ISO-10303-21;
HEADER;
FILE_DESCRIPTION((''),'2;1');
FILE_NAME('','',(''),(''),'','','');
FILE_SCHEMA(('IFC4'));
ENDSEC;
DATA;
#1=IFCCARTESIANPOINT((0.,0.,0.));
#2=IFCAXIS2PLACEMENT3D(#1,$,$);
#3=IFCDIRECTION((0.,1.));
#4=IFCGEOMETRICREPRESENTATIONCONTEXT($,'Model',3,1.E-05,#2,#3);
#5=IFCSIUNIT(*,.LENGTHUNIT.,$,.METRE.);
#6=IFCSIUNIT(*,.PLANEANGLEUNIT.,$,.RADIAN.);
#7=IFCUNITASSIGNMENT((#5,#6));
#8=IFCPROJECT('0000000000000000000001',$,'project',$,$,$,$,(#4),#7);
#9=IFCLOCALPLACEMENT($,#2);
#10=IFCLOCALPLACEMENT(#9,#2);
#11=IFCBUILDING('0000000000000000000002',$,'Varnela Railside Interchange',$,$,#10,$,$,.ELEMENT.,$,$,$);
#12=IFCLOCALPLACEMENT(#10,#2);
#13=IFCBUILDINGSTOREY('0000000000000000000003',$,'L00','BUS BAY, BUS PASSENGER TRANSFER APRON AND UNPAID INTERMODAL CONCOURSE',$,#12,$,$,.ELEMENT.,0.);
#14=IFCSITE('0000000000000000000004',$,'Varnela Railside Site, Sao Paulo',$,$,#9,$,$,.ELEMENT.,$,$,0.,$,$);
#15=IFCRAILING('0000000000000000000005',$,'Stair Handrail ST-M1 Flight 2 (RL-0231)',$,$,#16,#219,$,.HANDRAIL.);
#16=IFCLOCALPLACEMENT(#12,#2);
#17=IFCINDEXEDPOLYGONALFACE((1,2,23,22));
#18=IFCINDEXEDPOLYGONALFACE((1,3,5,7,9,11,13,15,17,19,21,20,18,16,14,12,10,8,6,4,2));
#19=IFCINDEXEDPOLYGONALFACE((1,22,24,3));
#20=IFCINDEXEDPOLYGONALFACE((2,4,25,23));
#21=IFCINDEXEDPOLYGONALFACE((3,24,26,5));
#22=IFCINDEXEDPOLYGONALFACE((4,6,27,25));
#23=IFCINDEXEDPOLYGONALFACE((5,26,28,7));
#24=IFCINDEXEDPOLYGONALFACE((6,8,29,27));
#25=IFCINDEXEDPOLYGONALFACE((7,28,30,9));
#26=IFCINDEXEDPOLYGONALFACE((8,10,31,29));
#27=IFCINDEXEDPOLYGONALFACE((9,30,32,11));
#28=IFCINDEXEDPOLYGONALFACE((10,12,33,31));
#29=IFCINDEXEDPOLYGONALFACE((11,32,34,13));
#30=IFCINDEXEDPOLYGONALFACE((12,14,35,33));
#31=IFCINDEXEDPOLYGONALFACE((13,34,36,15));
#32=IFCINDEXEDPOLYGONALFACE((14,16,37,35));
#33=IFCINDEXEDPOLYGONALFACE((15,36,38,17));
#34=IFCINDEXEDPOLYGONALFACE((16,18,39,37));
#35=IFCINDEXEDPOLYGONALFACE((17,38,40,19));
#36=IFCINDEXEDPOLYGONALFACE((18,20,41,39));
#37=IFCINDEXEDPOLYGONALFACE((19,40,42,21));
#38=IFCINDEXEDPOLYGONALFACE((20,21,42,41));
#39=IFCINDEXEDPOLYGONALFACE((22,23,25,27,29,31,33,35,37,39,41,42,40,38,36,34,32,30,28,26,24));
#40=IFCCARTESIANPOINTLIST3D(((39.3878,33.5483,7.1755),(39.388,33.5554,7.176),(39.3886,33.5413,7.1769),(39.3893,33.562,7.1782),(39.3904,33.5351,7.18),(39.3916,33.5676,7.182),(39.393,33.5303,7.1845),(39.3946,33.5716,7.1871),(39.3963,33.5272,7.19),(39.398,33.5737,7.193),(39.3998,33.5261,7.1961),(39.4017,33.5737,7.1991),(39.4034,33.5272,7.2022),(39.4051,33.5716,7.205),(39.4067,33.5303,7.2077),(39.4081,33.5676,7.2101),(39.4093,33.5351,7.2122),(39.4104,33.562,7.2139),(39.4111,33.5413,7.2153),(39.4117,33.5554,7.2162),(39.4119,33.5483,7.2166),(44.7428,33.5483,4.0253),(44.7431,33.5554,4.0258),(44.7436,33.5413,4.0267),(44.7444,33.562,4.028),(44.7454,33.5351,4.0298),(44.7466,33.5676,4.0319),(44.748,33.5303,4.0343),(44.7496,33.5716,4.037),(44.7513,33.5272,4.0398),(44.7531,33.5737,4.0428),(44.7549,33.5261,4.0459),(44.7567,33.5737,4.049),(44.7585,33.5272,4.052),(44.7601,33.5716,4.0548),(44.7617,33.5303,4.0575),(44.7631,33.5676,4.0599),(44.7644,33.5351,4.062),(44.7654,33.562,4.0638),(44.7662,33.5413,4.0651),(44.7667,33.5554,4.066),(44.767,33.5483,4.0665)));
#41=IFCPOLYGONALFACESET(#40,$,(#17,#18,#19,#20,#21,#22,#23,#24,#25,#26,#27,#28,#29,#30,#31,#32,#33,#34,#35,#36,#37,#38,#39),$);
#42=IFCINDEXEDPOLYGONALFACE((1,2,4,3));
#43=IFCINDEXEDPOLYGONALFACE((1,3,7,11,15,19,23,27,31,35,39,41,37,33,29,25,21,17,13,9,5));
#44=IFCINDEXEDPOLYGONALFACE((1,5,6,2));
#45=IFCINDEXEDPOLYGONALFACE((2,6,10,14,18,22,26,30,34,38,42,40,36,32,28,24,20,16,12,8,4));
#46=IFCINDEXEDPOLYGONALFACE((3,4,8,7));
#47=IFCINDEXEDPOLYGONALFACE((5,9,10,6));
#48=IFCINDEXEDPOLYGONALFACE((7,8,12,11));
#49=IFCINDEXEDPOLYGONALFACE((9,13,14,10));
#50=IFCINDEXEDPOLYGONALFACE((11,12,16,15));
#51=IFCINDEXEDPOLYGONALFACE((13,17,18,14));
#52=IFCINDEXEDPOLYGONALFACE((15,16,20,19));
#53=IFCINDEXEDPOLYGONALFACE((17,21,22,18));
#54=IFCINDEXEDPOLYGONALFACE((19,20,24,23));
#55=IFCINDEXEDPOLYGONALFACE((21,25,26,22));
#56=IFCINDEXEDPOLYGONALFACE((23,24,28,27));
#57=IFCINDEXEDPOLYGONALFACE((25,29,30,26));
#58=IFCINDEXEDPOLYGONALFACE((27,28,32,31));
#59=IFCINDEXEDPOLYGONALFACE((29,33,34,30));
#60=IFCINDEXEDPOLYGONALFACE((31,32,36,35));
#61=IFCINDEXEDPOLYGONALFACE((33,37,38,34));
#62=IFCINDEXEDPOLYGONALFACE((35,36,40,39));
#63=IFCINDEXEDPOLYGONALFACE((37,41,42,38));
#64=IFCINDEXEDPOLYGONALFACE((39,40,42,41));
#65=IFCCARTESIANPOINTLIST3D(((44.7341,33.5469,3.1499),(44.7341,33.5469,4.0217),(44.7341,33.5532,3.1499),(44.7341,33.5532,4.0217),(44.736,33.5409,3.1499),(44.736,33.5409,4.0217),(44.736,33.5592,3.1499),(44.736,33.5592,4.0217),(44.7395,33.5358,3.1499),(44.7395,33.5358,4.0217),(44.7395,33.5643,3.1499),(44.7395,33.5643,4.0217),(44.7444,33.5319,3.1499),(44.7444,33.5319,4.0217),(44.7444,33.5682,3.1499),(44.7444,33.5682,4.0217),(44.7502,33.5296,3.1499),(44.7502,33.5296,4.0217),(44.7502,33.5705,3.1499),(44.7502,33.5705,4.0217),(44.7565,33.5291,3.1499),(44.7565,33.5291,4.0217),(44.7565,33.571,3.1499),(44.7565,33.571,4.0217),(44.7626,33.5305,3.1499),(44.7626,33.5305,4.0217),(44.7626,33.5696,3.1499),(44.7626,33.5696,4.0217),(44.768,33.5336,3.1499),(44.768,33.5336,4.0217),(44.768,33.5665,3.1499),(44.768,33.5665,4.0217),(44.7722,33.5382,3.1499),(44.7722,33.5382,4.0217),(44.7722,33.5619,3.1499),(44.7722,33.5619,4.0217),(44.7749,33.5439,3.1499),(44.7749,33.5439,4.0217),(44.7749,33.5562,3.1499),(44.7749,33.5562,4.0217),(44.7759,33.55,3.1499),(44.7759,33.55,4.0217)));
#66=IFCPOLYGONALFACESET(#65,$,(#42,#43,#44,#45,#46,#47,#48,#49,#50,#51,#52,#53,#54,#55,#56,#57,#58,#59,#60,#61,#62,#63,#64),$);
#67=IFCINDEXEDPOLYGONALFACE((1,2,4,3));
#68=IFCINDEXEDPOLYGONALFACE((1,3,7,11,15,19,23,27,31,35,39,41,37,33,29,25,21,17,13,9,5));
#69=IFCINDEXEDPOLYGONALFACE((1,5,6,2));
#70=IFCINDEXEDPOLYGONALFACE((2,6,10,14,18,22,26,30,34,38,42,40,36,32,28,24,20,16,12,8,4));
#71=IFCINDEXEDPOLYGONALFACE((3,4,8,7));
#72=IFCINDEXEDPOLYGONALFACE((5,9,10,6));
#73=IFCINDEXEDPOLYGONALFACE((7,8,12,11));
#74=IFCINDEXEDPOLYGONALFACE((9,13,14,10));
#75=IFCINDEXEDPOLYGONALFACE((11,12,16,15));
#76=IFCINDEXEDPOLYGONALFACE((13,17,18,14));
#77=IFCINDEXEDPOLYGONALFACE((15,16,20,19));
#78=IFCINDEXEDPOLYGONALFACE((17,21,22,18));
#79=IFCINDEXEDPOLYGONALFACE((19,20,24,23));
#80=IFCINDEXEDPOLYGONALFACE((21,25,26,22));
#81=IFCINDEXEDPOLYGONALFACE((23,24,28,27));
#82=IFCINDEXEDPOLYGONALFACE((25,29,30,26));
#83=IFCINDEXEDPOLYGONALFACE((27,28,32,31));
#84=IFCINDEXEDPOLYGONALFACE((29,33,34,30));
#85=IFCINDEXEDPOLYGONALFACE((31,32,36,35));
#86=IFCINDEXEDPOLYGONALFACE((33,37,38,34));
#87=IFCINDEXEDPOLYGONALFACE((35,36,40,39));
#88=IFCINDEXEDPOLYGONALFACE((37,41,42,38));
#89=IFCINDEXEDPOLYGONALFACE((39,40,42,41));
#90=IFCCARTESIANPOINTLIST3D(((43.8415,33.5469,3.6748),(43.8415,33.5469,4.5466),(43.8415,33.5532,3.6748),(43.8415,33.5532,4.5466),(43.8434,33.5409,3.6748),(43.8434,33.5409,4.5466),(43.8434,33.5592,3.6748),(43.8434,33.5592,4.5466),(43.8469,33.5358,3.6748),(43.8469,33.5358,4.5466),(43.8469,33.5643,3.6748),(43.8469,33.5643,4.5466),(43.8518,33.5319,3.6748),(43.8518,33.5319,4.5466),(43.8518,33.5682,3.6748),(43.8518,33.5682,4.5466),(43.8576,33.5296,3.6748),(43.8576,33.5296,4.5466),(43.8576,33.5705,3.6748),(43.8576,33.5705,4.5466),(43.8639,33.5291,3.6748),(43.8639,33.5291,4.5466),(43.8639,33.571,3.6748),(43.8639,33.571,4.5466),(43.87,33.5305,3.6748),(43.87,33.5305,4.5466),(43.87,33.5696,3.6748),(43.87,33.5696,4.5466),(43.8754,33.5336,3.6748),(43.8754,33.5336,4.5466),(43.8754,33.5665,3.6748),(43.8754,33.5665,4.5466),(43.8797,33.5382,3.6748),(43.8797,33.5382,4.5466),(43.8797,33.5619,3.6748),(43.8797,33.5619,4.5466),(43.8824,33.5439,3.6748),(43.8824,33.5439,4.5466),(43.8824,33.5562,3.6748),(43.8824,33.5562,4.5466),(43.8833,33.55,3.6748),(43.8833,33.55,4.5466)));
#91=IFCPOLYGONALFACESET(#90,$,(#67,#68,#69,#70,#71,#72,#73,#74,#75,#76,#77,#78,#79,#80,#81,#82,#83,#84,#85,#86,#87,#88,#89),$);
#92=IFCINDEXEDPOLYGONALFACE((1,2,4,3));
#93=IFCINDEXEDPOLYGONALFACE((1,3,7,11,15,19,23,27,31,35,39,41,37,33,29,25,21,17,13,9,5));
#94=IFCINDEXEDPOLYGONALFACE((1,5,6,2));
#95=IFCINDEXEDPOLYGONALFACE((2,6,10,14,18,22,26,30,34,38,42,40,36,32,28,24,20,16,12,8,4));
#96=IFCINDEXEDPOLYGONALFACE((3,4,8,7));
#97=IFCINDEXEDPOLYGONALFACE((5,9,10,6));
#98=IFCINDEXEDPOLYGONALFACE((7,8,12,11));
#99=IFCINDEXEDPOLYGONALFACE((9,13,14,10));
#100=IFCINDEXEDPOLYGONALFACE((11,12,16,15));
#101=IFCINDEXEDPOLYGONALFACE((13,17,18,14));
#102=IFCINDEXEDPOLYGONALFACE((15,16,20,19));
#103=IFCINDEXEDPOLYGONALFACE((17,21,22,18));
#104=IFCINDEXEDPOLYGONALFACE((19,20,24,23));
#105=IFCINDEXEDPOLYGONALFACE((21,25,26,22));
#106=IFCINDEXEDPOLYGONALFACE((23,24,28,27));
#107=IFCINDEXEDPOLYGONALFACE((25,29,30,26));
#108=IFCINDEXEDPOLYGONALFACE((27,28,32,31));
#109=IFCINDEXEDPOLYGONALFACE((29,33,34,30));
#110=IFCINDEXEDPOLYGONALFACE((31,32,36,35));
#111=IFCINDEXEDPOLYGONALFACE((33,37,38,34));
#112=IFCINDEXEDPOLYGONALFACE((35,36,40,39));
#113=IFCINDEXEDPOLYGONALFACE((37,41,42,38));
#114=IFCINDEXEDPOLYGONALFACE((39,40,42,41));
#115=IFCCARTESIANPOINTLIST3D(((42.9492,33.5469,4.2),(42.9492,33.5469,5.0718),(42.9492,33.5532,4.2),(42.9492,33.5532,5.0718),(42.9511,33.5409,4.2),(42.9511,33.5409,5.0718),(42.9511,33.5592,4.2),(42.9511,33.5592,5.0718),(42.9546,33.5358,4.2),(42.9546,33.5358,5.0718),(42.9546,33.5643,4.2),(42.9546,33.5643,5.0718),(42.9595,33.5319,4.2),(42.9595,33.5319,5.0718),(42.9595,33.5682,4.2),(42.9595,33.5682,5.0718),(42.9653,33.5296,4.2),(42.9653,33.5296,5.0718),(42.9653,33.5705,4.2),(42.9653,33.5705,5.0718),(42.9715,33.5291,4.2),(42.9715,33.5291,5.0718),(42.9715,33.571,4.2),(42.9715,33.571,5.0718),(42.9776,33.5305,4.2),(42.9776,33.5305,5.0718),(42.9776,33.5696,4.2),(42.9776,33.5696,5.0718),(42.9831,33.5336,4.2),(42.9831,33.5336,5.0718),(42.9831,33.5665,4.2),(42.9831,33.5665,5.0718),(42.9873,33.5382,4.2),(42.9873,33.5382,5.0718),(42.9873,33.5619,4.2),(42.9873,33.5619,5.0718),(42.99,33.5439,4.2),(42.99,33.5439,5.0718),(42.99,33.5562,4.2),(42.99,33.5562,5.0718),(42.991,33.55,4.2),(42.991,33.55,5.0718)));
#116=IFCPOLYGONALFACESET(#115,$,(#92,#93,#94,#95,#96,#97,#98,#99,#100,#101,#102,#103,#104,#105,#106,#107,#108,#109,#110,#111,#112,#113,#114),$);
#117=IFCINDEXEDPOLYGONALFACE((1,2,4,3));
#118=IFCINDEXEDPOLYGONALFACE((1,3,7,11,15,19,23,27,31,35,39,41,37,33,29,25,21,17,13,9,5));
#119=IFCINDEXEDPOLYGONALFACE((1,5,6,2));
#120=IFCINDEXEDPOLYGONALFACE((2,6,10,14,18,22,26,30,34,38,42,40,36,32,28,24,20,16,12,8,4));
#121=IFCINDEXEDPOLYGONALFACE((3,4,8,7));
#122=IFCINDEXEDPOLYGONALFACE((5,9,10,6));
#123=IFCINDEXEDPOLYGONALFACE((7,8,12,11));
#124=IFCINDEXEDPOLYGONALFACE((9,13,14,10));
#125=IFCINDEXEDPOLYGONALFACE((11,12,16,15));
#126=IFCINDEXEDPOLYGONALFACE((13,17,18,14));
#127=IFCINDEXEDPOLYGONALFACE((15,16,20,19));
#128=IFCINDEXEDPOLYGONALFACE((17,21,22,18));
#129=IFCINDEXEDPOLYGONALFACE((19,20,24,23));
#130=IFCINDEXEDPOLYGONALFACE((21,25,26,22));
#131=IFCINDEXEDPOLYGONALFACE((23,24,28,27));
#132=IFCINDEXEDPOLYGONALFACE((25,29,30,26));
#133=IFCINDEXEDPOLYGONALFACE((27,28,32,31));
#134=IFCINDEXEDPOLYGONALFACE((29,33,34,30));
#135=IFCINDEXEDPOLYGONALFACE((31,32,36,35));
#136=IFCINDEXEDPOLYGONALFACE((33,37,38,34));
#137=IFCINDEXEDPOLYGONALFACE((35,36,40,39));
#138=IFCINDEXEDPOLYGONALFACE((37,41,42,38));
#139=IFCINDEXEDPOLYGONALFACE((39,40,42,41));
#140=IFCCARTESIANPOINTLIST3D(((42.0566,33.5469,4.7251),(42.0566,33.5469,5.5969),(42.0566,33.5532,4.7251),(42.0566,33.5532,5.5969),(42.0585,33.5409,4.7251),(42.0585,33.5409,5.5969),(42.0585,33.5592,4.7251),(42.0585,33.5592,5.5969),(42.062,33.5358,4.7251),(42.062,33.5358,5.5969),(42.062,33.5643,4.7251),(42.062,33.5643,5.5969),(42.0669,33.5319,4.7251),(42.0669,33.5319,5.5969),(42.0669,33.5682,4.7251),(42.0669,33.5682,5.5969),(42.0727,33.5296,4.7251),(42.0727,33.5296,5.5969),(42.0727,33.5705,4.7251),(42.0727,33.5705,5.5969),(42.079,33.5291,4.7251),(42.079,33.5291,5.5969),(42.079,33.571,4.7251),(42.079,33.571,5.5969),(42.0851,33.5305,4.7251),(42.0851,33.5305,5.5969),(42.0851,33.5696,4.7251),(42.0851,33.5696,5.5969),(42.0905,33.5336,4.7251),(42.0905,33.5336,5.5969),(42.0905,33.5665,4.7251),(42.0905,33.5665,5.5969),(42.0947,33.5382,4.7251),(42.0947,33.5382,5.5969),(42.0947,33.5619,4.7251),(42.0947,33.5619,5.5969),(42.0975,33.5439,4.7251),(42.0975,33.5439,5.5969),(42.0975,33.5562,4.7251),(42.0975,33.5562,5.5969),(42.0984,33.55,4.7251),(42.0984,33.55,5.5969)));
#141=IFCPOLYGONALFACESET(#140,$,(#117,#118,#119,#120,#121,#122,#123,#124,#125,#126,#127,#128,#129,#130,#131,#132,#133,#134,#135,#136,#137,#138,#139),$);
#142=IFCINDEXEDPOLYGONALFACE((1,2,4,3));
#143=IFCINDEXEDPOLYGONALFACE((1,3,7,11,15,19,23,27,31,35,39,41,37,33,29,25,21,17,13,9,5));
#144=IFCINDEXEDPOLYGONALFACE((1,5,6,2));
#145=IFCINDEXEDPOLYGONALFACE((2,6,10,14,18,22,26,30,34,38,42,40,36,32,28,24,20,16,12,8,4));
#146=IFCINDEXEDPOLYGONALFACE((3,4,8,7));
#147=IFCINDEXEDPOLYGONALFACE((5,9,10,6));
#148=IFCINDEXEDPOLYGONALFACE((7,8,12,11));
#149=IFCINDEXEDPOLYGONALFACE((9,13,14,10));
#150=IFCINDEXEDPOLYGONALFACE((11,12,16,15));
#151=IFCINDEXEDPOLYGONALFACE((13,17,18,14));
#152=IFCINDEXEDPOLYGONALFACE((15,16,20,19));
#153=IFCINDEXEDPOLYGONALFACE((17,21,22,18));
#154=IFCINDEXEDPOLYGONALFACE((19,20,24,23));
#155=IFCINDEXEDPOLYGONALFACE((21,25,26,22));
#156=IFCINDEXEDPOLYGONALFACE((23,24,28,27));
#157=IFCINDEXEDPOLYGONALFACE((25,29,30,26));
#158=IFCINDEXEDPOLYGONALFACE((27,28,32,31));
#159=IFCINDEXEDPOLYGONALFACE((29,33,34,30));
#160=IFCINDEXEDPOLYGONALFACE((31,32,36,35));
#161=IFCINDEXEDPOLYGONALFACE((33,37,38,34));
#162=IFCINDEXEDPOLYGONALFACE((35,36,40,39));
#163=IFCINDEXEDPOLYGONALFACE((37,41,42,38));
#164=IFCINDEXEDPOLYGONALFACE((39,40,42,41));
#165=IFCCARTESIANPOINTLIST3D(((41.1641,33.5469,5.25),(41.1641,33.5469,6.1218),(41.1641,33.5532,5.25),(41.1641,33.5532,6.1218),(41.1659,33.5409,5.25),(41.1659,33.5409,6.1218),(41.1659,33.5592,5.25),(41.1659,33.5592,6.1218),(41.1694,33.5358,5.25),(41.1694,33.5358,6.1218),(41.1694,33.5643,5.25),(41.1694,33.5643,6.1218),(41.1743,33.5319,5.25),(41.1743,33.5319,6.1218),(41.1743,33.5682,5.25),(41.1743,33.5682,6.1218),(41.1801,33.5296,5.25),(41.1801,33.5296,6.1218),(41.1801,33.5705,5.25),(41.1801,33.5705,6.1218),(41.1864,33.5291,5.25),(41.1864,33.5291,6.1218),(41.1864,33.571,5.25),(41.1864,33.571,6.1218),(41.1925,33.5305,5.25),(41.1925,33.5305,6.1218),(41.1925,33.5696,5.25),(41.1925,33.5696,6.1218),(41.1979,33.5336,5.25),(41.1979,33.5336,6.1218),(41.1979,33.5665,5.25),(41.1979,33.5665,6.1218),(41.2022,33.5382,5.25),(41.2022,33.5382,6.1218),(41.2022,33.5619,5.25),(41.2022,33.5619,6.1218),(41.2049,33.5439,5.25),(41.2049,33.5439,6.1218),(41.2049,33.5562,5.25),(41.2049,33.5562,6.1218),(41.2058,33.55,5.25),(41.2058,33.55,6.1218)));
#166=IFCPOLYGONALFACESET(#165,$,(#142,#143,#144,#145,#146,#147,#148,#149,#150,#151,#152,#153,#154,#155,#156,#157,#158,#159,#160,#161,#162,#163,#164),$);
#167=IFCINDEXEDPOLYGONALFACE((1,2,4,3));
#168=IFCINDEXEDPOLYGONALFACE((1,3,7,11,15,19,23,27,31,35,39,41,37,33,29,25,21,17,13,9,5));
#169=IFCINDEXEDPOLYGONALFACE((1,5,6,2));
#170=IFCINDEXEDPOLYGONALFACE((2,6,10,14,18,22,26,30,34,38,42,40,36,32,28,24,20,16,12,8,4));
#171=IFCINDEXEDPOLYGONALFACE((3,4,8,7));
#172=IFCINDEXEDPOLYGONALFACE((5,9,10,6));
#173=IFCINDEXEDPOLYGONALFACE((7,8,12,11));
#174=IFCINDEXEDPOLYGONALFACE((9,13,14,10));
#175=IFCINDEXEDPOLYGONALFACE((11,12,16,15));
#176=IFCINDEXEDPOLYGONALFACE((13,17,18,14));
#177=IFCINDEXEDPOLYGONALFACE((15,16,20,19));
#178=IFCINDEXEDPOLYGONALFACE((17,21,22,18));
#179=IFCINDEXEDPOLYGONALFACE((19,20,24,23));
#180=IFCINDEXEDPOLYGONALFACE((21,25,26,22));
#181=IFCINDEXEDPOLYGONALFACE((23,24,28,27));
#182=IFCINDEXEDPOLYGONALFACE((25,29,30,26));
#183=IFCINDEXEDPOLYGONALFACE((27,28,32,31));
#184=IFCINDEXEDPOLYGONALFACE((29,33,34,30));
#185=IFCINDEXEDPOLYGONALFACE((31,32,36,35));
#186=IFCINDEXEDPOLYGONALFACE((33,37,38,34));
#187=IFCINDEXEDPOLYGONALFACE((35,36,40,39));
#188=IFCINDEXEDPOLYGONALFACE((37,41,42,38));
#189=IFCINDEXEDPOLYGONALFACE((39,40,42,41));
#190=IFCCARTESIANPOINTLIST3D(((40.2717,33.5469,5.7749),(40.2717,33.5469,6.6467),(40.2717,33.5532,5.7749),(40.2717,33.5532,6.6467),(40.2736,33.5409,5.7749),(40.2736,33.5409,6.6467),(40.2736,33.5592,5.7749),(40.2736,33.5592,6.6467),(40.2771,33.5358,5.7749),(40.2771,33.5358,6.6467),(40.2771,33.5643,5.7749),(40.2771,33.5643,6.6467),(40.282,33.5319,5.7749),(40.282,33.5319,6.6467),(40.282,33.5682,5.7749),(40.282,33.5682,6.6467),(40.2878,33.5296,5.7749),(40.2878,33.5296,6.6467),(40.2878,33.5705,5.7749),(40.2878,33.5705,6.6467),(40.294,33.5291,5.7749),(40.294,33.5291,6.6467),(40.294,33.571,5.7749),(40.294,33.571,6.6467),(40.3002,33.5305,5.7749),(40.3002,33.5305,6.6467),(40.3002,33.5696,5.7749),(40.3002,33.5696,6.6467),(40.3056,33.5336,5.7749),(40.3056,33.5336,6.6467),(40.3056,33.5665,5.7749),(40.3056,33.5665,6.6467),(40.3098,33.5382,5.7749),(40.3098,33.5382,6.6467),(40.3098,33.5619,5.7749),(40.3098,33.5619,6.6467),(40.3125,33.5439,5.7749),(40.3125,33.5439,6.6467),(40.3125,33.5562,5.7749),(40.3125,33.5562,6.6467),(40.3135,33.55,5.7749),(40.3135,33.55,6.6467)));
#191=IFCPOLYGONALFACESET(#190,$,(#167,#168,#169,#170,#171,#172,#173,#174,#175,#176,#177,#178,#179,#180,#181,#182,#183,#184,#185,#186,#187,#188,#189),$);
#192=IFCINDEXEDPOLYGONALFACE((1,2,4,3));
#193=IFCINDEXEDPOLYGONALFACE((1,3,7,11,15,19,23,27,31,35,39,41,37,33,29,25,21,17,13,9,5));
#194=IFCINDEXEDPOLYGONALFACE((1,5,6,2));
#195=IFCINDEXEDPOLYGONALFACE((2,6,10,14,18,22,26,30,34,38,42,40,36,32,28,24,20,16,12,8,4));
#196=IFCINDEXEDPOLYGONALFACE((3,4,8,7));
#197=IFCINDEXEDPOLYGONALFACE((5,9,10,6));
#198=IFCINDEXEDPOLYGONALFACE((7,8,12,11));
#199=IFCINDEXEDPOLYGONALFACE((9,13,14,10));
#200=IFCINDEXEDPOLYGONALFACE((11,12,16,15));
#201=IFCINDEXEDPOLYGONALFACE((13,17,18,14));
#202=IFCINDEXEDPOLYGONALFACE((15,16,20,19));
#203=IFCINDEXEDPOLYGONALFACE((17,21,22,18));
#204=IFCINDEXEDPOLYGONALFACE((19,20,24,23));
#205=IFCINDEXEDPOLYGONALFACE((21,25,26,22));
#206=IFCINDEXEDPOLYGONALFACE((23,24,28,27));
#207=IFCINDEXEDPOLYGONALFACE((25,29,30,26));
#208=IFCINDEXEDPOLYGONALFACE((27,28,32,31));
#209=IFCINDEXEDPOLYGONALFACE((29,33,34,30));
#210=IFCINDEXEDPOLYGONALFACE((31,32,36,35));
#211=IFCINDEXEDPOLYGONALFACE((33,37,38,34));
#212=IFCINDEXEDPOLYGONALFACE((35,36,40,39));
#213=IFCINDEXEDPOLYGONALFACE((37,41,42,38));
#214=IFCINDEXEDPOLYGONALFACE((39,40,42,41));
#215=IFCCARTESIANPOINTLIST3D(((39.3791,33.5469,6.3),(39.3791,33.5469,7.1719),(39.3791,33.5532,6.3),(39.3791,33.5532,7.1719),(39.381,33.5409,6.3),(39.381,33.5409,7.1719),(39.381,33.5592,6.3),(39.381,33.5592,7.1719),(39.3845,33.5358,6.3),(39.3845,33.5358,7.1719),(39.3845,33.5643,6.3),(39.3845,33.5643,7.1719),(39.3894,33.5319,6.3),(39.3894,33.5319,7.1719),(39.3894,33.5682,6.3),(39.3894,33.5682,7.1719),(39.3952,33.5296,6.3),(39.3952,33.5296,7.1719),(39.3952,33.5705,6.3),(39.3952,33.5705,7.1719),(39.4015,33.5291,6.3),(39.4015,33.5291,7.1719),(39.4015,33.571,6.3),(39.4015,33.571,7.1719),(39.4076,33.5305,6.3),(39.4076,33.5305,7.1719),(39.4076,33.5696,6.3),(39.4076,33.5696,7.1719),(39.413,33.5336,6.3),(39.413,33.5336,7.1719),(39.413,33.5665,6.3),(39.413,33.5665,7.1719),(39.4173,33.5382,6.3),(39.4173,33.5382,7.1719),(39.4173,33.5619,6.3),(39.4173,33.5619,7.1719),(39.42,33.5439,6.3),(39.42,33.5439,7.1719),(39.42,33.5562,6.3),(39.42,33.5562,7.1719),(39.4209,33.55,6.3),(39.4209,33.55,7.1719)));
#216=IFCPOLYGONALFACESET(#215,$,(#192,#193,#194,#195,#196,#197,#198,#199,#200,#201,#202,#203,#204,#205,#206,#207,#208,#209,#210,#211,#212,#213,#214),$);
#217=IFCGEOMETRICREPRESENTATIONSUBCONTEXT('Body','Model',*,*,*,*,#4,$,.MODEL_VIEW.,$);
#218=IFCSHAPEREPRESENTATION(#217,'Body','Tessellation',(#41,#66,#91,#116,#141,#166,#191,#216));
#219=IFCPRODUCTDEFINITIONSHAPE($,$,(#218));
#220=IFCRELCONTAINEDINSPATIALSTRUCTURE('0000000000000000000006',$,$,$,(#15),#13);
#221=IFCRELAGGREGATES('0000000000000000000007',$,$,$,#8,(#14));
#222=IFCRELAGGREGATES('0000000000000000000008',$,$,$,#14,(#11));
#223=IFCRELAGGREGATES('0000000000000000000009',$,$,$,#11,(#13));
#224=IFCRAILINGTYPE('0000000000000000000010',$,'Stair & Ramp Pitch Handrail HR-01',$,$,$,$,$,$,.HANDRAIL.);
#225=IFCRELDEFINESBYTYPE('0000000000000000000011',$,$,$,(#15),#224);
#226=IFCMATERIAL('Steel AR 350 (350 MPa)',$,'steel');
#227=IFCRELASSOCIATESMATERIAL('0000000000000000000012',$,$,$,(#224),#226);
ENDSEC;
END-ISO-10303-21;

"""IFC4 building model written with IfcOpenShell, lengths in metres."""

from ifc_helpers import new_model, si_unit, direction, frame, origin, origin_2d, place, context, subcontext, project, spatial, circle, extrude, material, type_object, element, save


model = new_model("IFC4")

# Units and contexts
model_context = context("Model", 3, precision=1e-05, world=origin(), true_north=direction((0.0, 1.0)))
body_context = subcontext(model_context, "Body", "Model", "MODEL_VIEW")
ifc_project = project(units=[si_unit("LENGTHUNIT", "METRE"), si_unit("PLANEANGLEUNIT", "RADIAN")], contexts=[model_context])

# Site, building, storey
site_placement = place(None, origin())
site = spatial("IfcSite", under=ifc_project, at=site_placement, Name="Varnela Railside Site, Sao Paulo", CompositionType="ELEMENT", RefElevation=0.0)
building_placement = place(site_placement, origin())
building = spatial("IfcBuilding", under=site, at=building_placement, Name="Varnela Railside Interchange", CompositionType="ELEMENT")
storey_placement = place(building_placement, origin())
storey = spatial("IfcBuildingStorey", under=building, at=storey_placement, Name="L00", Description="BUS BAY, BUS PASSENGER TRANSFER APRON AND UNPAID INTERMODAL CONCOURSE", CompositionType="ELEMENT", Elevation=0.0)

# Shared definitions
ifc_material_1 = material(Name="Steel AR 350 (350 MPa)", Category="steel")

# Railing
railing_type_1 = type_object("IfcRailingType", Name="Stair & Ramp Pitch Handrail HR-01", PredefinedType="HANDRAIL", material=ifc_material_1)
railing_1_placement = place(storey_placement, frame((44.7549, 33.55, 3.1499)))
element("IfcRailing", 1, at=railing_1_placement, inside=storey, type_object=railing_type_1, Name="Stair Handrail ST-M1 Flight 2 (RL-0231)", PredefinedType="HANDRAIL", context=body_context, shape_type="SweptSolid", body=[
    extrude(circle(Radius=0.0239, at=origin_2d()), frame((0.0, 0.0, 0.896), z_axis=(-0.861923, 0.0, 0.507039), x_axis=(0.0, -1.0, 0.0)), (0.0, 0.0, 1.0), 6.2129),
    extrude(circle(Radius=0.021, at=origin_2d()), origin(), (0.0, 0.0, 1.0), 0.8718),
    extrude(circle(Radius=0.021, at=origin_2d()), frame((-0.8926, 0.0, 0.5249)), (0.0, 0.0, 1.0), 0.8718),
    extrude(circle(Radius=0.021, at=origin_2d()), frame((-1.7849, 0.0, 1.05)), (0.0, 0.0, 1.0), 0.8718),
    extrude(circle(Radius=0.021, at=origin_2d()), frame((-2.6775, 0.0, 1.5752)), (0.0, 0.0, 1.0), 0.8718),
    extrude(circle(Radius=0.021, at=origin_2d()), frame((-3.5701, 0.0, 2.1001)), (0.0, 0.0, 1.0), 0.8718),
    extrude(circle(Radius=0.021, at=origin_2d()), frame((-4.4624, 0.0, 2.625)), (0.0, 0.0, 1.0), 0.8718),
    extrude(circle(Radius=0.021, at=origin_2d()), frame((-5.355, 0.0, 3.1501)), (0.0, 0.0, 1.0), 0.8718),
])

save(model, "model.ifc")
